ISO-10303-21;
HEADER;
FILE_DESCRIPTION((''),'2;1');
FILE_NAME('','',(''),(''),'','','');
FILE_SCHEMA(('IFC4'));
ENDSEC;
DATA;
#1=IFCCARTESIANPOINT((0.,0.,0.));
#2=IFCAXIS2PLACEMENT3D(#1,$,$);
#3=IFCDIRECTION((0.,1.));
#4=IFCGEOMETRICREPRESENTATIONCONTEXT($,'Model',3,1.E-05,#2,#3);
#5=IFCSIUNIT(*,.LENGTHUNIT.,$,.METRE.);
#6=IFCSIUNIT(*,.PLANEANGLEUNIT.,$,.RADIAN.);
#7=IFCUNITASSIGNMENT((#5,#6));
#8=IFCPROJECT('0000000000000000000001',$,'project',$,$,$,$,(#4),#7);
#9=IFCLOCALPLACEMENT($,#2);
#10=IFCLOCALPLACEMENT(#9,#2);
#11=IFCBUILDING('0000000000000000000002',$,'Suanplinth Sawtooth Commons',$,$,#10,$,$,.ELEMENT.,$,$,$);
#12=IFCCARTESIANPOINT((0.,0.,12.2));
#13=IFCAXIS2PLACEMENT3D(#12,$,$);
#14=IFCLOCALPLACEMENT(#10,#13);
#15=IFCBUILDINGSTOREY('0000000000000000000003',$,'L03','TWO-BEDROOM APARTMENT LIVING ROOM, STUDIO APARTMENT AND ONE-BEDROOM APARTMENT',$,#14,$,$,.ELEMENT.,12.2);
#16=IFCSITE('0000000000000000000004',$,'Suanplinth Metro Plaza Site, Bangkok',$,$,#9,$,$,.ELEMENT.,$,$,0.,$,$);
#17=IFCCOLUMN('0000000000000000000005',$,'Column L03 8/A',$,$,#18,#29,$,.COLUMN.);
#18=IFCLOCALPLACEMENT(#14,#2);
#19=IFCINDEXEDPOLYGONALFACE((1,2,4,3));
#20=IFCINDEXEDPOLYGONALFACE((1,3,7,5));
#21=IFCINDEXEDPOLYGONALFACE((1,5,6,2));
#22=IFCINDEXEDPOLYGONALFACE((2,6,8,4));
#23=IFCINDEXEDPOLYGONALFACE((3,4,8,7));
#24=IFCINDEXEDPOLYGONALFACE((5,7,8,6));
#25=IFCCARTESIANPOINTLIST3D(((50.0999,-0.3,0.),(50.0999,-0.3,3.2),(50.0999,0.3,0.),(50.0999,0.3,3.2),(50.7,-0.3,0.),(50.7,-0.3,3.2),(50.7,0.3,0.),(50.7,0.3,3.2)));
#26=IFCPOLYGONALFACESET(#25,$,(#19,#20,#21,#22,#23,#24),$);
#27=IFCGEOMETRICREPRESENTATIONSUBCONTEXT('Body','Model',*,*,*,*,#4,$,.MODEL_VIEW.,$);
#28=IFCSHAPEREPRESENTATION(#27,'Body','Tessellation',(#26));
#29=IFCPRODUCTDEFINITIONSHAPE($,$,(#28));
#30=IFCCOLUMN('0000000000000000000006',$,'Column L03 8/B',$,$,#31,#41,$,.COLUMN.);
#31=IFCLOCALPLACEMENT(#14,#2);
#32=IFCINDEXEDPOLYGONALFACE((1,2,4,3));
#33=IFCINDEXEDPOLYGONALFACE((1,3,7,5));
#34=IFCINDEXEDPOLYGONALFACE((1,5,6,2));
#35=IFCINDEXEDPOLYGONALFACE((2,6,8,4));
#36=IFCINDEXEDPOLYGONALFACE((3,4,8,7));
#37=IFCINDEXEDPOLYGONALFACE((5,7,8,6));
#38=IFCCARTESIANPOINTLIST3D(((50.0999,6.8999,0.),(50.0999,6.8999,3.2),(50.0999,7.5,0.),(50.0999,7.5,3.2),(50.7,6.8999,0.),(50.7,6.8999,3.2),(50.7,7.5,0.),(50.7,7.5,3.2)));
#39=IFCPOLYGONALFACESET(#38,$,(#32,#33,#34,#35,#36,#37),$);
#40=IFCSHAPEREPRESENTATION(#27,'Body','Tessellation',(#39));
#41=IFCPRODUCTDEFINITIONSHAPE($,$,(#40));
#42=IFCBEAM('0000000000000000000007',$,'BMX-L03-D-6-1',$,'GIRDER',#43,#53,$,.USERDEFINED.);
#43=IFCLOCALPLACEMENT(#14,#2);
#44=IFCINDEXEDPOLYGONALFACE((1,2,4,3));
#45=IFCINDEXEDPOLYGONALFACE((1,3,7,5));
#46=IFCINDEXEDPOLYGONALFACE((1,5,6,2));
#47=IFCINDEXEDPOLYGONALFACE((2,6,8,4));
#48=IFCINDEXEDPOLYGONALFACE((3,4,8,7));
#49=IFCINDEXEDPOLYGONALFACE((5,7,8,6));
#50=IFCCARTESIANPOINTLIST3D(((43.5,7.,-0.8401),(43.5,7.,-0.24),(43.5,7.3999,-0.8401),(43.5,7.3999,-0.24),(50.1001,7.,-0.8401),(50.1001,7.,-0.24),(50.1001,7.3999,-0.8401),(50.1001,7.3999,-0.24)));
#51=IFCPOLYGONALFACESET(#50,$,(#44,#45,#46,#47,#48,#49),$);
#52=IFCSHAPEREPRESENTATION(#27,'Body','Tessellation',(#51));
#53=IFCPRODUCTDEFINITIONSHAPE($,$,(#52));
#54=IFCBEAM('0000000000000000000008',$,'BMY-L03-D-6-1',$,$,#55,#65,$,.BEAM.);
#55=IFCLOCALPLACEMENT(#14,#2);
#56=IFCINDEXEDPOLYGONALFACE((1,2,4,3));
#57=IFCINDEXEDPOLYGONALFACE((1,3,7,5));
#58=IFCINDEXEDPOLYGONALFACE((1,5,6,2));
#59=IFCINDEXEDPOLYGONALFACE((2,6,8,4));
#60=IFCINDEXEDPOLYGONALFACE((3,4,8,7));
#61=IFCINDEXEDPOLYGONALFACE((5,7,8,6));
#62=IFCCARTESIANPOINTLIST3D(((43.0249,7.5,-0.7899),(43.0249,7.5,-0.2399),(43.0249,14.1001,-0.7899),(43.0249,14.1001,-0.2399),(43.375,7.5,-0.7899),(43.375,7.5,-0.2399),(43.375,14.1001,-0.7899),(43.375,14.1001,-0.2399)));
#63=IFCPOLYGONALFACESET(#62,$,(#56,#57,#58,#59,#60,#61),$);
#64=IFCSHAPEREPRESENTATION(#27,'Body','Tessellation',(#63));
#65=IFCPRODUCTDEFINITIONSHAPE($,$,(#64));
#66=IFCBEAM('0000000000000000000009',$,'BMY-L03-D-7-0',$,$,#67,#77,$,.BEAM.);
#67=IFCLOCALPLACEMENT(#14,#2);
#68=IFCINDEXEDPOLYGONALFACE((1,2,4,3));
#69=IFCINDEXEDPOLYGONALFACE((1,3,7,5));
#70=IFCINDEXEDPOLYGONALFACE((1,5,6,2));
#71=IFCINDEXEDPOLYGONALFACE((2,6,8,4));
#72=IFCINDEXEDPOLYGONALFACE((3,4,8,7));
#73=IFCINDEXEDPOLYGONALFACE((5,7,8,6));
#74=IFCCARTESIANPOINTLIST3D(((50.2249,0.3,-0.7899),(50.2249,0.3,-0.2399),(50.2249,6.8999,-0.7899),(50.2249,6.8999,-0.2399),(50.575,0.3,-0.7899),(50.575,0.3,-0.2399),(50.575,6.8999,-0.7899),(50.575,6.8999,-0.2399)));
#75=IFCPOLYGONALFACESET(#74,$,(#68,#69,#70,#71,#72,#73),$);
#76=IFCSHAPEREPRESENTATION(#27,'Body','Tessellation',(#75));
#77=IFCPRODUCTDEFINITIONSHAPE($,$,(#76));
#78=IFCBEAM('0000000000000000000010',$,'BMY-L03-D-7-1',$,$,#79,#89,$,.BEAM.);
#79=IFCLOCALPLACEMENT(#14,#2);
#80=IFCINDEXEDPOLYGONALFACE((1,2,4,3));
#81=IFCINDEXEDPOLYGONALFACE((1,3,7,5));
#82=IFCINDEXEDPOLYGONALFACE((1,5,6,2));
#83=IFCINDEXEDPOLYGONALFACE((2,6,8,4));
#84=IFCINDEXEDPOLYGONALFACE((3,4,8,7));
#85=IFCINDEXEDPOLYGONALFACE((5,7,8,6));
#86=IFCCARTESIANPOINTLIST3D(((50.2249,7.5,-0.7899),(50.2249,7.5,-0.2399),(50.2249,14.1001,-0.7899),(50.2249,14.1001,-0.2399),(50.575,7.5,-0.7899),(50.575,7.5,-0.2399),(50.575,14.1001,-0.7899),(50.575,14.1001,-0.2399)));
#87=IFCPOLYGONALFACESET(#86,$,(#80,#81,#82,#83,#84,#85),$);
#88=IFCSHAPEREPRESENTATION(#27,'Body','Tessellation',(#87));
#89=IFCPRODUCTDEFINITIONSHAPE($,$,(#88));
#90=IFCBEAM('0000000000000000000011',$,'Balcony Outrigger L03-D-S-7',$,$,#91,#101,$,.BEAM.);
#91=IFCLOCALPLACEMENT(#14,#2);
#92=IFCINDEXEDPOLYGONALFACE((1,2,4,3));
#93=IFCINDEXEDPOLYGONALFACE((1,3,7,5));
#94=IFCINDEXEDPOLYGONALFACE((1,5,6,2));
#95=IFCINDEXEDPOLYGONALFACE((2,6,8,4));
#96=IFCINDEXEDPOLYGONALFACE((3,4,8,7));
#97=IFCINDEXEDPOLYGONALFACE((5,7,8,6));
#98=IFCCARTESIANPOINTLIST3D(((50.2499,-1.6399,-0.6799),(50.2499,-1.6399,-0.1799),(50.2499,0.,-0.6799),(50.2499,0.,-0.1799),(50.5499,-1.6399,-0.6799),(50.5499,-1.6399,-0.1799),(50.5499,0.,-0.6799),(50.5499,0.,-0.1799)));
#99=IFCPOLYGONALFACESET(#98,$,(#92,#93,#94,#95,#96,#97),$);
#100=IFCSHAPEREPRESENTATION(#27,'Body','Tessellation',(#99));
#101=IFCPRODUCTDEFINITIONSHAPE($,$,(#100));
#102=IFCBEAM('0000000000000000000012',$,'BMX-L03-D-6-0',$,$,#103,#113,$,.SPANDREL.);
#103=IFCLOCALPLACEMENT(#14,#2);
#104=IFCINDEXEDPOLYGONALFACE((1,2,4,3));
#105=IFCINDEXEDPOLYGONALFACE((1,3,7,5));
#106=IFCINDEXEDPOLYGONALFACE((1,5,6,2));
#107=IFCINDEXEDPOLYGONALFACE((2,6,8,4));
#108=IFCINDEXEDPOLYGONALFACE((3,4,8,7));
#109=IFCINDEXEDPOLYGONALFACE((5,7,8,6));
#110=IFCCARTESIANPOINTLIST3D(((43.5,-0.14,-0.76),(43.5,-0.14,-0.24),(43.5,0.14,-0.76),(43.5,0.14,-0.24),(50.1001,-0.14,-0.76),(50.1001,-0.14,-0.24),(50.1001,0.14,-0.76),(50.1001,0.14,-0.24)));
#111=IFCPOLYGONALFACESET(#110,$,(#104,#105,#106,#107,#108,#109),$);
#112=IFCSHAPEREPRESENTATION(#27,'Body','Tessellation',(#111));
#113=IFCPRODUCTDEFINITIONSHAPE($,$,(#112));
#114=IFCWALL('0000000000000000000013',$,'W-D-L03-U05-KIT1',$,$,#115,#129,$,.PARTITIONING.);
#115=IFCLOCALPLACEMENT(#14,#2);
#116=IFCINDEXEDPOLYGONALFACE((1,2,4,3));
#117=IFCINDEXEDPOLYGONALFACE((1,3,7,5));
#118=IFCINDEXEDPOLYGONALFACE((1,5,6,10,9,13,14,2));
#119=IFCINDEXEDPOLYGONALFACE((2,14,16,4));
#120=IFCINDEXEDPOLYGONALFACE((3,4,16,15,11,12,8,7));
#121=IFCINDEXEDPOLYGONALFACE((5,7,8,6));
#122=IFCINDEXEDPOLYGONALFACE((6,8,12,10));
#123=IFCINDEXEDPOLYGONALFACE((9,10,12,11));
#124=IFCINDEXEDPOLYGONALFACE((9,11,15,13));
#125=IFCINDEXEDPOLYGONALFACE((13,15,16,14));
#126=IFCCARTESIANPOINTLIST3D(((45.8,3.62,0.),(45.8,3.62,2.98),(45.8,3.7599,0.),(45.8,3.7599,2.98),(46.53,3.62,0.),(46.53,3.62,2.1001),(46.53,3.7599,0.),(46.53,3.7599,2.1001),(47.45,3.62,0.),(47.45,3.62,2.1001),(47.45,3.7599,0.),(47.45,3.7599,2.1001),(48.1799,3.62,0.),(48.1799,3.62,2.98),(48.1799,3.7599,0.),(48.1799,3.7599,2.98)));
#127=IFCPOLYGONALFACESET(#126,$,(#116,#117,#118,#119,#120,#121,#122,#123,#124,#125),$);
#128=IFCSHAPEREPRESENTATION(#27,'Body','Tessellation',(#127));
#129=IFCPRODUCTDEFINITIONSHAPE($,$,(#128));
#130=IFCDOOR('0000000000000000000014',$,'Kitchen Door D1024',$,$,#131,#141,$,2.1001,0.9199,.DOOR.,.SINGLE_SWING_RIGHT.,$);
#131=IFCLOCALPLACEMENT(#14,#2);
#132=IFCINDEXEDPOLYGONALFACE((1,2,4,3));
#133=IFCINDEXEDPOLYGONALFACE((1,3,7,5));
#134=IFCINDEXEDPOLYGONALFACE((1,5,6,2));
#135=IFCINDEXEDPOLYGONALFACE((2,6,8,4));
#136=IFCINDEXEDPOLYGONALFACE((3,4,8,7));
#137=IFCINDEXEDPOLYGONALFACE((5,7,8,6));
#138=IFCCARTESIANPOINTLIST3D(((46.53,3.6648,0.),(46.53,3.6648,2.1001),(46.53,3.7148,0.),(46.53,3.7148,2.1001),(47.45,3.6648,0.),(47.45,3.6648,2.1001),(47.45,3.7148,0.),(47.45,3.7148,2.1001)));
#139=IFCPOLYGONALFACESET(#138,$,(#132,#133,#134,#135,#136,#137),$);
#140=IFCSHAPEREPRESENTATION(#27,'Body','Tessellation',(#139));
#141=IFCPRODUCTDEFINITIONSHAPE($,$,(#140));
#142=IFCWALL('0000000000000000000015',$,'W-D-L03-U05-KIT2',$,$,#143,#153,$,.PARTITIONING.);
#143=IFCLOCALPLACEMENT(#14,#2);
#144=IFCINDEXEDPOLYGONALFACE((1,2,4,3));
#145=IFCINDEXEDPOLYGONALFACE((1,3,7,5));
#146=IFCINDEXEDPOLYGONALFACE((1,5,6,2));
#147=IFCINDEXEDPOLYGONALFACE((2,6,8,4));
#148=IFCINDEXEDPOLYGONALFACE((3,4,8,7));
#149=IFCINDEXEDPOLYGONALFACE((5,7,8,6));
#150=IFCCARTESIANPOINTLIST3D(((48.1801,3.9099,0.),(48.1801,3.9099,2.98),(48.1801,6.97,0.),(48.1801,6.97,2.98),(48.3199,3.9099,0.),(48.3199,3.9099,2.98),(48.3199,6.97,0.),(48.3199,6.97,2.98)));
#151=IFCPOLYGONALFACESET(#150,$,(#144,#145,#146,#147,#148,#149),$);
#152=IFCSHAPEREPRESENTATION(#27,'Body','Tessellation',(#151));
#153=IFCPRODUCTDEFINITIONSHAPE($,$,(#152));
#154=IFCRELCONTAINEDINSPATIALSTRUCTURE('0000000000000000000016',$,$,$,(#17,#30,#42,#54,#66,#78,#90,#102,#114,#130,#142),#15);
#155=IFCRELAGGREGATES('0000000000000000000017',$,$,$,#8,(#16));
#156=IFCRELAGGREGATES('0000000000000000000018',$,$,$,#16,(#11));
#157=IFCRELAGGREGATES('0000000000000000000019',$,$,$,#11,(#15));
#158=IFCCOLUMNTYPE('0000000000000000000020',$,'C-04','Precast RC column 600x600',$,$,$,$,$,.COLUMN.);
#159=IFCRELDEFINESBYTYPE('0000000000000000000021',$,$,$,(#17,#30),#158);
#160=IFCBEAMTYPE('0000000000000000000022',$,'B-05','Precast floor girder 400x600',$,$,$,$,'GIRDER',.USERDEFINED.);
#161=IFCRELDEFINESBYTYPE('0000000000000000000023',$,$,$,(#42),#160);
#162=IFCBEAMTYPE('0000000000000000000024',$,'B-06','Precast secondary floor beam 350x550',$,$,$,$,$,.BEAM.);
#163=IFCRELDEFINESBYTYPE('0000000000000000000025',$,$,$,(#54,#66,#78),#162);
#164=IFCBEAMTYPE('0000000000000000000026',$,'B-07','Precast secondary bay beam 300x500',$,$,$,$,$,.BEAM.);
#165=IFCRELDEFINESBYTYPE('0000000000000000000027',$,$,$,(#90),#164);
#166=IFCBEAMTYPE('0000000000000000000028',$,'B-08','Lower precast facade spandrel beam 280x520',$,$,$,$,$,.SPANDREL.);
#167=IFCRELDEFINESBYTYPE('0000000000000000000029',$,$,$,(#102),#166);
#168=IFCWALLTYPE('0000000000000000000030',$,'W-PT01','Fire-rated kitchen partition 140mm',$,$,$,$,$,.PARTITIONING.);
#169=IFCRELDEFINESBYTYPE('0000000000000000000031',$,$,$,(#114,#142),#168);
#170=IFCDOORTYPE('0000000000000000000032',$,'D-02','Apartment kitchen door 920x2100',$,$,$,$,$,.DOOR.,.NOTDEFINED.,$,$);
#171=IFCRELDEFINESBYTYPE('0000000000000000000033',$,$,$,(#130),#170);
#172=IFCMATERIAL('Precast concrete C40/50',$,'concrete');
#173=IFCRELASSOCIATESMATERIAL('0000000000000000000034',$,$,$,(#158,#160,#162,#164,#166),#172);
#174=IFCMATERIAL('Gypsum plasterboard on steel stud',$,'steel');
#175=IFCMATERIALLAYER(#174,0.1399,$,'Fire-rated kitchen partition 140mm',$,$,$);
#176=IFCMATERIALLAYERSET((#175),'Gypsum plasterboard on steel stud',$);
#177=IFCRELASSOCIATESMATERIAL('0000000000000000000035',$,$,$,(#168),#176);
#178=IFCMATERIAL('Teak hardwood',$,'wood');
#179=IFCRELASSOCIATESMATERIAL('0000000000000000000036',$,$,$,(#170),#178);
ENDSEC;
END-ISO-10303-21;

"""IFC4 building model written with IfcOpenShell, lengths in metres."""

from ifc_helpers import new_model, si_unit, direction, frame, frame_2d, origin, origin_2d, place, context, subcontext, project, spatial, rectangle, extrude, material, layer, layer_set, material_profile, profile_set, type_object, element, fill, save


model = new_model("IFC4")

# Units and contexts
model_context = context("Model", 3, precision=1e-05, world=origin(), true_north=direction((0.0, 1.0)))
body_context = subcontext(model_context, "Body", "Model", "MODEL_VIEW")
ifc_project = project(units=[si_unit("LENGTHUNIT", "METRE"), si_unit("PLANEANGLEUNIT", "RADIAN")], contexts=[model_context])

# Site, building, storey
site_placement = place(None, origin())
site = spatial("IfcSite", under=ifc_project, at=site_placement, Name="Suanplinth Metro Plaza Site, Bangkok", CompositionType="ELEMENT", RefElevation=0.0)
building_placement = place(site_placement, origin())
building = spatial("IfcBuilding", under=site, at=building_placement, Name="Suanplinth Sawtooth Commons", CompositionType="ELEMENT")
storey_placement = place(building_placement, frame((0.0, 0.0, 12.2)))
storey = spatial("IfcBuildingStorey", under=building, at=storey_placement, Name="L03", Description="TWO-BEDROOM APARTMENT LIVING ROOM, STUDIO APARTMENT AND ONE-BEDROOM APARTMENT", CompositionType="ELEMENT", Elevation=12.2)

# Columns
ifc_material_1 = material(Name="Precast concrete C40/50", Category="concrete")
ifc_material_profile_1 = material_profile(ifc_material_1, rectangle(XDim=0.6001, YDim=0.6001, at=origin_2d()), Name="PC-COL 600x600")
ifc_profile_set_1 = profile_set([ifc_material_profile_1], Name="Precast concrete C40/50")
column_type = type_object("IfcColumnType", Name="C-04", Description="Precast RC column 600x600", PredefinedType="COLUMN", material=ifc_profile_set_1)
for number, where, z_axis, x_axis, name in (
    (1, (50.3999, 0.0, 0.0), (0.0, 0.0, 1.0), (1.0, 0.0, 0.0), "Column L03 8/A"),
    (2, (50.3999, 7.2, 0.0), (0.0, 0.0, 1.0), (1.0, 0.0, 0.0), "Column L03 8/B"),
):
    element("IfcColumn", number, at=place(storey_placement, frame(where, z_axis=z_axis, x_axis=x_axis)), inside=storey, type_object=column_type, Name=name, PredefinedType="COLUMN", context=body_context, shape_type="SweptSolid", body=[
        extrude(rectangle(XDim=0.6001, YDim=0.6001, at=origin_2d()), origin(), (0.0, 0.0, 1.0), 3.2),
    ])

# Beams
ifc_material_profile_2 = material_profile(ifc_material_1, rectangle(XDim=0.3999, YDim=0.6001, at=origin_2d()), Name="PC-GDR 400x600")
ifc_profile_set_2 = profile_set([ifc_material_profile_2], Name="Precast concrete C40/50")
beam_type_1 = type_object("IfcBeamType", Name="B-05", Description="Precast floor girder 400x600", ElementType="GIRDER", PredefinedType="USERDEFINED", material=ifc_profile_set_2)
beam_1_placement = place(storey_placement, frame((43.5, 7.2, -0.54), z_axis=(1.0, 0.0, 0.0), x_axis=(0.0, 1.0, 0.0)))
element("IfcBeam", 3, at=beam_1_placement, inside=storey, type_object=beam_type_1, Name="BMX-L03-D-6-1", ObjectType="GIRDER", PredefinedType="USERDEFINED", context=body_context, shape_type="SweptSolid", body=[
    extrude(rectangle(XDim=0.3999, YDim=0.6001, at=origin_2d()), origin(), (0.0, 0.0, 1.0), 6.6001),
])
ifc_material_profile_3 = material_profile(ifc_material_1, rectangle(XDim=0.3501, YDim=0.55, at=origin_2d()), Name="PC-BM 350x550")
ifc_profile_set_3 = profile_set([ifc_material_profile_3], Name="Precast concrete C40/50")
beam_type_2 = type_object("IfcBeamType", Name="B-06", Description="Precast secondary floor beam 350x550", PredefinedType="BEAM", material=ifc_profile_set_3)
beam_2_placement = place(storey_placement, frame((43.2, 7.5, -0.5149), z_axis=(0.0, 1.0, 0.0), x_axis=(-1.0, 0.0, 0.0)))
element("IfcBeam", 4, at=beam_2_placement, inside=storey, type_object=beam_type_2, Name="BMY-L03-D-6-1", PredefinedType="BEAM", context=body_context, shape_type="SweptSolid", body=[
    extrude(rectangle(XDim=0.3501, YDim=0.55, at=origin_2d()), origin(), (0.0, 0.0, 1.0), 6.6001),
])
beam_3_placement = place(storey_placement, frame((50.3999, 0.3, -0.5149), z_axis=(0.0, 1.0, 0.0), x_axis=(-1.0, 0.0, 0.0)))
element("IfcBeam", 5, at=beam_3_placement, inside=storey, type_object=beam_type_2, Name="BMY-L03-D-7-0", PredefinedType="BEAM", context=body_context, shape_type="SweptSolid", body=[
    extrude(rectangle(XDim=0.3501, YDim=0.55, at=origin_2d()), origin(), (0.0, 0.0, 1.0), 6.5999),
])
beam_4_placement = place(storey_placement, frame((50.3999, 7.5, -0.5149), z_axis=(0.0, 1.0, 0.0), x_axis=(-1.0, 0.0, 0.0)))
element("IfcBeam", 6, at=beam_4_placement, inside=storey, type_object=beam_type_2, Name="BMY-L03-D-7-1", PredefinedType="BEAM", context=body_context, shape_type="SweptSolid", body=[
    extrude(rectangle(XDim=0.3501, YDim=0.55, at=origin_2d()), origin(), (0.0, 0.0, 1.0), 6.6001),
])
ifc_material_profile_4 = material_profile(ifc_material_1, rectangle(XDim=0.3, YDim=0.5, at=origin_2d()), Name="PC-BM 300x500")
ifc_profile_set_4 = profile_set([ifc_material_profile_4], Name="Precast concrete C40/50")
beam_type_3 = type_object("IfcBeamType", Name="B-07", Description="Precast secondary bay beam 300x500", PredefinedType="BEAM", material=ifc_profile_set_4)
beam_5_placement = place(storey_placement, frame((50.3999, 0.0, -0.4299), z_axis=(0.0, -1.0, 0.0), x_axis=(1.0, 0.0, 0.0)))
element("IfcBeam", 7, at=beam_5_placement, inside=storey, type_object=beam_type_3, Name="Balcony Outrigger L03-D-S-7", PredefinedType="BEAM", context=body_context, shape_type="SweptSolid", body=[
    extrude(rectangle(XDim=0.3, YDim=0.5, at=origin_2d()), origin(), (0.0, 0.0, 1.0), 1.6399),
])
ifc_material_profile_5 = material_profile(ifc_material_1, rectangle(XDim=0.28, YDim=0.52, at=origin_2d()), Name="PC-SP 280x520")
ifc_profile_set_5 = profile_set([ifc_material_profile_5], Name="Precast concrete C40/50")
beam_type_4 = type_object("IfcBeamType", Name="B-08", Description="Lower precast facade spandrel beam 280x520", PredefinedType="SPANDREL", material=ifc_profile_set_5)
beam_6_placement = place(storey_placement, frame((43.5, 0.0, -0.5), z_axis=(1.0, 0.0, 0.0), x_axis=(0.0, 1.0, 0.0)))
element("IfcBeam", 8, at=beam_6_placement, inside=storey, type_object=beam_type_4, Name="BMX-L03-D-6-0", PredefinedType="SPANDREL", context=body_context, shape_type="SweptSolid", body=[
    extrude(rectangle(XDim=0.28, YDim=0.52, at=origin_2d()), origin(), (0.0, 0.0, 1.0), 6.6001),
])

# Wall, opening, door
ifc_material_2 = material(Name="Gypsum plasterboard on steel stud", Category="steel")
ifc_layer_1 = layer(ifc_material_2, 0.1399, Name="Fire-rated kitchen partition 140mm")
ifc_layer_set_1 = layer_set([ifc_layer_1], Name="Gypsum plasterboard on steel stud")
wall_type_1 = type_object("IfcWallType", Name="W-PT01", Description="Fire-rated kitchen partition 140mm", PredefinedType="PARTITIONING", material=ifc_layer_set_1)
wall_1_placement = place(storey_placement, frame((45.8, 3.6899, 0.0), z_axis=(0.0, 0.0, 1.0), x_axis=(1.0, 0.0, 0.0)))
wall_1 = element("IfcWall", 9, at=wall_1_placement, inside=storey, type_object=wall_type_1, Name="W-D-L03-U05-KIT1", PredefinedType="PARTITIONING", context=body_context, shape_type="SweptSolid", body=[
    extrude(rectangle(XDim=2.3799, YDim=0.1399, at=frame_2d((1.1899, 0.0))), origin(), (0.0, 0.0, 1.0), 2.98),
])
opening_1_placement = place(wall_1_placement, frame((0.73, 0.0, 0.0)))
opening_1 = element("IfcOpeningElement", 10, at=opening_1_placement, cuts=wall_1, PredefinedType="OPENING", context=body_context, shape_type="SweptSolid", body=[
    extrude(rectangle(XDim=0.9199, YDim=2.1001, at=frame_2d((0.46, 1.05))), frame((0.0, 0.085, 0.0), z_axis=(0.0, -1.0, 0.0), x_axis=(1.0, 0.0, 0.0)), (0.0, 0.0, 1.0), 0.1697),
])
ifc_material_3 = material(Name="Teak hardwood", Category="wood")
door_type_1 = type_object("IfcDoorType", Name="D-02", Description="Apartment kitchen door 920x2100", OperationType="NOTDEFINED", PredefinedType="DOOR", material=ifc_material_3)
door_1_placement = place(opening_1_placement, origin())
door_1 = element("IfcDoor", 11, at=door_1_placement, inside=storey, type_object=door_type_1, Name="Kitchen Door D1024", OperationType="SINGLE_SWING_RIGHT", OverallHeight=2.1001, OverallWidth=0.9199, PredefinedType="DOOR", context=body_context, shape_type="SweptSolid", body=[
    extrude(rectangle(XDim=0.9199, YDim=2.1001, at=frame_2d((0.46, 1.05))), frame((0.0, 0.0249, 0.0), z_axis=(0.0, -1.0, 0.0), x_axis=(1.0, 0.0, 0.0)), (0.0, 0.0, 1.0), 0.05),
])
fill(opening_1, door_1)

# Wall
wall_2_placement = place(storey_placement, frame((48.25, 3.9099, 0.0), z_axis=(0.0, 0.0, 1.0), x_axis=(0.0, 1.0, 0.0)))
element("IfcWall", 12, at=wall_2_placement, inside=storey, type_object=wall_type_1, Name="W-D-L03-U05-KIT2", PredefinedType="PARTITIONING", context=body_context, shape_type="SweptSolid", body=[
    extrude(rectangle(XDim=3.0601, YDim=0.1399, at=frame_2d((1.53, 0.0))), origin(), (0.0, 0.0, 1.0), 2.98),
])

save(model, "model.ifc")
